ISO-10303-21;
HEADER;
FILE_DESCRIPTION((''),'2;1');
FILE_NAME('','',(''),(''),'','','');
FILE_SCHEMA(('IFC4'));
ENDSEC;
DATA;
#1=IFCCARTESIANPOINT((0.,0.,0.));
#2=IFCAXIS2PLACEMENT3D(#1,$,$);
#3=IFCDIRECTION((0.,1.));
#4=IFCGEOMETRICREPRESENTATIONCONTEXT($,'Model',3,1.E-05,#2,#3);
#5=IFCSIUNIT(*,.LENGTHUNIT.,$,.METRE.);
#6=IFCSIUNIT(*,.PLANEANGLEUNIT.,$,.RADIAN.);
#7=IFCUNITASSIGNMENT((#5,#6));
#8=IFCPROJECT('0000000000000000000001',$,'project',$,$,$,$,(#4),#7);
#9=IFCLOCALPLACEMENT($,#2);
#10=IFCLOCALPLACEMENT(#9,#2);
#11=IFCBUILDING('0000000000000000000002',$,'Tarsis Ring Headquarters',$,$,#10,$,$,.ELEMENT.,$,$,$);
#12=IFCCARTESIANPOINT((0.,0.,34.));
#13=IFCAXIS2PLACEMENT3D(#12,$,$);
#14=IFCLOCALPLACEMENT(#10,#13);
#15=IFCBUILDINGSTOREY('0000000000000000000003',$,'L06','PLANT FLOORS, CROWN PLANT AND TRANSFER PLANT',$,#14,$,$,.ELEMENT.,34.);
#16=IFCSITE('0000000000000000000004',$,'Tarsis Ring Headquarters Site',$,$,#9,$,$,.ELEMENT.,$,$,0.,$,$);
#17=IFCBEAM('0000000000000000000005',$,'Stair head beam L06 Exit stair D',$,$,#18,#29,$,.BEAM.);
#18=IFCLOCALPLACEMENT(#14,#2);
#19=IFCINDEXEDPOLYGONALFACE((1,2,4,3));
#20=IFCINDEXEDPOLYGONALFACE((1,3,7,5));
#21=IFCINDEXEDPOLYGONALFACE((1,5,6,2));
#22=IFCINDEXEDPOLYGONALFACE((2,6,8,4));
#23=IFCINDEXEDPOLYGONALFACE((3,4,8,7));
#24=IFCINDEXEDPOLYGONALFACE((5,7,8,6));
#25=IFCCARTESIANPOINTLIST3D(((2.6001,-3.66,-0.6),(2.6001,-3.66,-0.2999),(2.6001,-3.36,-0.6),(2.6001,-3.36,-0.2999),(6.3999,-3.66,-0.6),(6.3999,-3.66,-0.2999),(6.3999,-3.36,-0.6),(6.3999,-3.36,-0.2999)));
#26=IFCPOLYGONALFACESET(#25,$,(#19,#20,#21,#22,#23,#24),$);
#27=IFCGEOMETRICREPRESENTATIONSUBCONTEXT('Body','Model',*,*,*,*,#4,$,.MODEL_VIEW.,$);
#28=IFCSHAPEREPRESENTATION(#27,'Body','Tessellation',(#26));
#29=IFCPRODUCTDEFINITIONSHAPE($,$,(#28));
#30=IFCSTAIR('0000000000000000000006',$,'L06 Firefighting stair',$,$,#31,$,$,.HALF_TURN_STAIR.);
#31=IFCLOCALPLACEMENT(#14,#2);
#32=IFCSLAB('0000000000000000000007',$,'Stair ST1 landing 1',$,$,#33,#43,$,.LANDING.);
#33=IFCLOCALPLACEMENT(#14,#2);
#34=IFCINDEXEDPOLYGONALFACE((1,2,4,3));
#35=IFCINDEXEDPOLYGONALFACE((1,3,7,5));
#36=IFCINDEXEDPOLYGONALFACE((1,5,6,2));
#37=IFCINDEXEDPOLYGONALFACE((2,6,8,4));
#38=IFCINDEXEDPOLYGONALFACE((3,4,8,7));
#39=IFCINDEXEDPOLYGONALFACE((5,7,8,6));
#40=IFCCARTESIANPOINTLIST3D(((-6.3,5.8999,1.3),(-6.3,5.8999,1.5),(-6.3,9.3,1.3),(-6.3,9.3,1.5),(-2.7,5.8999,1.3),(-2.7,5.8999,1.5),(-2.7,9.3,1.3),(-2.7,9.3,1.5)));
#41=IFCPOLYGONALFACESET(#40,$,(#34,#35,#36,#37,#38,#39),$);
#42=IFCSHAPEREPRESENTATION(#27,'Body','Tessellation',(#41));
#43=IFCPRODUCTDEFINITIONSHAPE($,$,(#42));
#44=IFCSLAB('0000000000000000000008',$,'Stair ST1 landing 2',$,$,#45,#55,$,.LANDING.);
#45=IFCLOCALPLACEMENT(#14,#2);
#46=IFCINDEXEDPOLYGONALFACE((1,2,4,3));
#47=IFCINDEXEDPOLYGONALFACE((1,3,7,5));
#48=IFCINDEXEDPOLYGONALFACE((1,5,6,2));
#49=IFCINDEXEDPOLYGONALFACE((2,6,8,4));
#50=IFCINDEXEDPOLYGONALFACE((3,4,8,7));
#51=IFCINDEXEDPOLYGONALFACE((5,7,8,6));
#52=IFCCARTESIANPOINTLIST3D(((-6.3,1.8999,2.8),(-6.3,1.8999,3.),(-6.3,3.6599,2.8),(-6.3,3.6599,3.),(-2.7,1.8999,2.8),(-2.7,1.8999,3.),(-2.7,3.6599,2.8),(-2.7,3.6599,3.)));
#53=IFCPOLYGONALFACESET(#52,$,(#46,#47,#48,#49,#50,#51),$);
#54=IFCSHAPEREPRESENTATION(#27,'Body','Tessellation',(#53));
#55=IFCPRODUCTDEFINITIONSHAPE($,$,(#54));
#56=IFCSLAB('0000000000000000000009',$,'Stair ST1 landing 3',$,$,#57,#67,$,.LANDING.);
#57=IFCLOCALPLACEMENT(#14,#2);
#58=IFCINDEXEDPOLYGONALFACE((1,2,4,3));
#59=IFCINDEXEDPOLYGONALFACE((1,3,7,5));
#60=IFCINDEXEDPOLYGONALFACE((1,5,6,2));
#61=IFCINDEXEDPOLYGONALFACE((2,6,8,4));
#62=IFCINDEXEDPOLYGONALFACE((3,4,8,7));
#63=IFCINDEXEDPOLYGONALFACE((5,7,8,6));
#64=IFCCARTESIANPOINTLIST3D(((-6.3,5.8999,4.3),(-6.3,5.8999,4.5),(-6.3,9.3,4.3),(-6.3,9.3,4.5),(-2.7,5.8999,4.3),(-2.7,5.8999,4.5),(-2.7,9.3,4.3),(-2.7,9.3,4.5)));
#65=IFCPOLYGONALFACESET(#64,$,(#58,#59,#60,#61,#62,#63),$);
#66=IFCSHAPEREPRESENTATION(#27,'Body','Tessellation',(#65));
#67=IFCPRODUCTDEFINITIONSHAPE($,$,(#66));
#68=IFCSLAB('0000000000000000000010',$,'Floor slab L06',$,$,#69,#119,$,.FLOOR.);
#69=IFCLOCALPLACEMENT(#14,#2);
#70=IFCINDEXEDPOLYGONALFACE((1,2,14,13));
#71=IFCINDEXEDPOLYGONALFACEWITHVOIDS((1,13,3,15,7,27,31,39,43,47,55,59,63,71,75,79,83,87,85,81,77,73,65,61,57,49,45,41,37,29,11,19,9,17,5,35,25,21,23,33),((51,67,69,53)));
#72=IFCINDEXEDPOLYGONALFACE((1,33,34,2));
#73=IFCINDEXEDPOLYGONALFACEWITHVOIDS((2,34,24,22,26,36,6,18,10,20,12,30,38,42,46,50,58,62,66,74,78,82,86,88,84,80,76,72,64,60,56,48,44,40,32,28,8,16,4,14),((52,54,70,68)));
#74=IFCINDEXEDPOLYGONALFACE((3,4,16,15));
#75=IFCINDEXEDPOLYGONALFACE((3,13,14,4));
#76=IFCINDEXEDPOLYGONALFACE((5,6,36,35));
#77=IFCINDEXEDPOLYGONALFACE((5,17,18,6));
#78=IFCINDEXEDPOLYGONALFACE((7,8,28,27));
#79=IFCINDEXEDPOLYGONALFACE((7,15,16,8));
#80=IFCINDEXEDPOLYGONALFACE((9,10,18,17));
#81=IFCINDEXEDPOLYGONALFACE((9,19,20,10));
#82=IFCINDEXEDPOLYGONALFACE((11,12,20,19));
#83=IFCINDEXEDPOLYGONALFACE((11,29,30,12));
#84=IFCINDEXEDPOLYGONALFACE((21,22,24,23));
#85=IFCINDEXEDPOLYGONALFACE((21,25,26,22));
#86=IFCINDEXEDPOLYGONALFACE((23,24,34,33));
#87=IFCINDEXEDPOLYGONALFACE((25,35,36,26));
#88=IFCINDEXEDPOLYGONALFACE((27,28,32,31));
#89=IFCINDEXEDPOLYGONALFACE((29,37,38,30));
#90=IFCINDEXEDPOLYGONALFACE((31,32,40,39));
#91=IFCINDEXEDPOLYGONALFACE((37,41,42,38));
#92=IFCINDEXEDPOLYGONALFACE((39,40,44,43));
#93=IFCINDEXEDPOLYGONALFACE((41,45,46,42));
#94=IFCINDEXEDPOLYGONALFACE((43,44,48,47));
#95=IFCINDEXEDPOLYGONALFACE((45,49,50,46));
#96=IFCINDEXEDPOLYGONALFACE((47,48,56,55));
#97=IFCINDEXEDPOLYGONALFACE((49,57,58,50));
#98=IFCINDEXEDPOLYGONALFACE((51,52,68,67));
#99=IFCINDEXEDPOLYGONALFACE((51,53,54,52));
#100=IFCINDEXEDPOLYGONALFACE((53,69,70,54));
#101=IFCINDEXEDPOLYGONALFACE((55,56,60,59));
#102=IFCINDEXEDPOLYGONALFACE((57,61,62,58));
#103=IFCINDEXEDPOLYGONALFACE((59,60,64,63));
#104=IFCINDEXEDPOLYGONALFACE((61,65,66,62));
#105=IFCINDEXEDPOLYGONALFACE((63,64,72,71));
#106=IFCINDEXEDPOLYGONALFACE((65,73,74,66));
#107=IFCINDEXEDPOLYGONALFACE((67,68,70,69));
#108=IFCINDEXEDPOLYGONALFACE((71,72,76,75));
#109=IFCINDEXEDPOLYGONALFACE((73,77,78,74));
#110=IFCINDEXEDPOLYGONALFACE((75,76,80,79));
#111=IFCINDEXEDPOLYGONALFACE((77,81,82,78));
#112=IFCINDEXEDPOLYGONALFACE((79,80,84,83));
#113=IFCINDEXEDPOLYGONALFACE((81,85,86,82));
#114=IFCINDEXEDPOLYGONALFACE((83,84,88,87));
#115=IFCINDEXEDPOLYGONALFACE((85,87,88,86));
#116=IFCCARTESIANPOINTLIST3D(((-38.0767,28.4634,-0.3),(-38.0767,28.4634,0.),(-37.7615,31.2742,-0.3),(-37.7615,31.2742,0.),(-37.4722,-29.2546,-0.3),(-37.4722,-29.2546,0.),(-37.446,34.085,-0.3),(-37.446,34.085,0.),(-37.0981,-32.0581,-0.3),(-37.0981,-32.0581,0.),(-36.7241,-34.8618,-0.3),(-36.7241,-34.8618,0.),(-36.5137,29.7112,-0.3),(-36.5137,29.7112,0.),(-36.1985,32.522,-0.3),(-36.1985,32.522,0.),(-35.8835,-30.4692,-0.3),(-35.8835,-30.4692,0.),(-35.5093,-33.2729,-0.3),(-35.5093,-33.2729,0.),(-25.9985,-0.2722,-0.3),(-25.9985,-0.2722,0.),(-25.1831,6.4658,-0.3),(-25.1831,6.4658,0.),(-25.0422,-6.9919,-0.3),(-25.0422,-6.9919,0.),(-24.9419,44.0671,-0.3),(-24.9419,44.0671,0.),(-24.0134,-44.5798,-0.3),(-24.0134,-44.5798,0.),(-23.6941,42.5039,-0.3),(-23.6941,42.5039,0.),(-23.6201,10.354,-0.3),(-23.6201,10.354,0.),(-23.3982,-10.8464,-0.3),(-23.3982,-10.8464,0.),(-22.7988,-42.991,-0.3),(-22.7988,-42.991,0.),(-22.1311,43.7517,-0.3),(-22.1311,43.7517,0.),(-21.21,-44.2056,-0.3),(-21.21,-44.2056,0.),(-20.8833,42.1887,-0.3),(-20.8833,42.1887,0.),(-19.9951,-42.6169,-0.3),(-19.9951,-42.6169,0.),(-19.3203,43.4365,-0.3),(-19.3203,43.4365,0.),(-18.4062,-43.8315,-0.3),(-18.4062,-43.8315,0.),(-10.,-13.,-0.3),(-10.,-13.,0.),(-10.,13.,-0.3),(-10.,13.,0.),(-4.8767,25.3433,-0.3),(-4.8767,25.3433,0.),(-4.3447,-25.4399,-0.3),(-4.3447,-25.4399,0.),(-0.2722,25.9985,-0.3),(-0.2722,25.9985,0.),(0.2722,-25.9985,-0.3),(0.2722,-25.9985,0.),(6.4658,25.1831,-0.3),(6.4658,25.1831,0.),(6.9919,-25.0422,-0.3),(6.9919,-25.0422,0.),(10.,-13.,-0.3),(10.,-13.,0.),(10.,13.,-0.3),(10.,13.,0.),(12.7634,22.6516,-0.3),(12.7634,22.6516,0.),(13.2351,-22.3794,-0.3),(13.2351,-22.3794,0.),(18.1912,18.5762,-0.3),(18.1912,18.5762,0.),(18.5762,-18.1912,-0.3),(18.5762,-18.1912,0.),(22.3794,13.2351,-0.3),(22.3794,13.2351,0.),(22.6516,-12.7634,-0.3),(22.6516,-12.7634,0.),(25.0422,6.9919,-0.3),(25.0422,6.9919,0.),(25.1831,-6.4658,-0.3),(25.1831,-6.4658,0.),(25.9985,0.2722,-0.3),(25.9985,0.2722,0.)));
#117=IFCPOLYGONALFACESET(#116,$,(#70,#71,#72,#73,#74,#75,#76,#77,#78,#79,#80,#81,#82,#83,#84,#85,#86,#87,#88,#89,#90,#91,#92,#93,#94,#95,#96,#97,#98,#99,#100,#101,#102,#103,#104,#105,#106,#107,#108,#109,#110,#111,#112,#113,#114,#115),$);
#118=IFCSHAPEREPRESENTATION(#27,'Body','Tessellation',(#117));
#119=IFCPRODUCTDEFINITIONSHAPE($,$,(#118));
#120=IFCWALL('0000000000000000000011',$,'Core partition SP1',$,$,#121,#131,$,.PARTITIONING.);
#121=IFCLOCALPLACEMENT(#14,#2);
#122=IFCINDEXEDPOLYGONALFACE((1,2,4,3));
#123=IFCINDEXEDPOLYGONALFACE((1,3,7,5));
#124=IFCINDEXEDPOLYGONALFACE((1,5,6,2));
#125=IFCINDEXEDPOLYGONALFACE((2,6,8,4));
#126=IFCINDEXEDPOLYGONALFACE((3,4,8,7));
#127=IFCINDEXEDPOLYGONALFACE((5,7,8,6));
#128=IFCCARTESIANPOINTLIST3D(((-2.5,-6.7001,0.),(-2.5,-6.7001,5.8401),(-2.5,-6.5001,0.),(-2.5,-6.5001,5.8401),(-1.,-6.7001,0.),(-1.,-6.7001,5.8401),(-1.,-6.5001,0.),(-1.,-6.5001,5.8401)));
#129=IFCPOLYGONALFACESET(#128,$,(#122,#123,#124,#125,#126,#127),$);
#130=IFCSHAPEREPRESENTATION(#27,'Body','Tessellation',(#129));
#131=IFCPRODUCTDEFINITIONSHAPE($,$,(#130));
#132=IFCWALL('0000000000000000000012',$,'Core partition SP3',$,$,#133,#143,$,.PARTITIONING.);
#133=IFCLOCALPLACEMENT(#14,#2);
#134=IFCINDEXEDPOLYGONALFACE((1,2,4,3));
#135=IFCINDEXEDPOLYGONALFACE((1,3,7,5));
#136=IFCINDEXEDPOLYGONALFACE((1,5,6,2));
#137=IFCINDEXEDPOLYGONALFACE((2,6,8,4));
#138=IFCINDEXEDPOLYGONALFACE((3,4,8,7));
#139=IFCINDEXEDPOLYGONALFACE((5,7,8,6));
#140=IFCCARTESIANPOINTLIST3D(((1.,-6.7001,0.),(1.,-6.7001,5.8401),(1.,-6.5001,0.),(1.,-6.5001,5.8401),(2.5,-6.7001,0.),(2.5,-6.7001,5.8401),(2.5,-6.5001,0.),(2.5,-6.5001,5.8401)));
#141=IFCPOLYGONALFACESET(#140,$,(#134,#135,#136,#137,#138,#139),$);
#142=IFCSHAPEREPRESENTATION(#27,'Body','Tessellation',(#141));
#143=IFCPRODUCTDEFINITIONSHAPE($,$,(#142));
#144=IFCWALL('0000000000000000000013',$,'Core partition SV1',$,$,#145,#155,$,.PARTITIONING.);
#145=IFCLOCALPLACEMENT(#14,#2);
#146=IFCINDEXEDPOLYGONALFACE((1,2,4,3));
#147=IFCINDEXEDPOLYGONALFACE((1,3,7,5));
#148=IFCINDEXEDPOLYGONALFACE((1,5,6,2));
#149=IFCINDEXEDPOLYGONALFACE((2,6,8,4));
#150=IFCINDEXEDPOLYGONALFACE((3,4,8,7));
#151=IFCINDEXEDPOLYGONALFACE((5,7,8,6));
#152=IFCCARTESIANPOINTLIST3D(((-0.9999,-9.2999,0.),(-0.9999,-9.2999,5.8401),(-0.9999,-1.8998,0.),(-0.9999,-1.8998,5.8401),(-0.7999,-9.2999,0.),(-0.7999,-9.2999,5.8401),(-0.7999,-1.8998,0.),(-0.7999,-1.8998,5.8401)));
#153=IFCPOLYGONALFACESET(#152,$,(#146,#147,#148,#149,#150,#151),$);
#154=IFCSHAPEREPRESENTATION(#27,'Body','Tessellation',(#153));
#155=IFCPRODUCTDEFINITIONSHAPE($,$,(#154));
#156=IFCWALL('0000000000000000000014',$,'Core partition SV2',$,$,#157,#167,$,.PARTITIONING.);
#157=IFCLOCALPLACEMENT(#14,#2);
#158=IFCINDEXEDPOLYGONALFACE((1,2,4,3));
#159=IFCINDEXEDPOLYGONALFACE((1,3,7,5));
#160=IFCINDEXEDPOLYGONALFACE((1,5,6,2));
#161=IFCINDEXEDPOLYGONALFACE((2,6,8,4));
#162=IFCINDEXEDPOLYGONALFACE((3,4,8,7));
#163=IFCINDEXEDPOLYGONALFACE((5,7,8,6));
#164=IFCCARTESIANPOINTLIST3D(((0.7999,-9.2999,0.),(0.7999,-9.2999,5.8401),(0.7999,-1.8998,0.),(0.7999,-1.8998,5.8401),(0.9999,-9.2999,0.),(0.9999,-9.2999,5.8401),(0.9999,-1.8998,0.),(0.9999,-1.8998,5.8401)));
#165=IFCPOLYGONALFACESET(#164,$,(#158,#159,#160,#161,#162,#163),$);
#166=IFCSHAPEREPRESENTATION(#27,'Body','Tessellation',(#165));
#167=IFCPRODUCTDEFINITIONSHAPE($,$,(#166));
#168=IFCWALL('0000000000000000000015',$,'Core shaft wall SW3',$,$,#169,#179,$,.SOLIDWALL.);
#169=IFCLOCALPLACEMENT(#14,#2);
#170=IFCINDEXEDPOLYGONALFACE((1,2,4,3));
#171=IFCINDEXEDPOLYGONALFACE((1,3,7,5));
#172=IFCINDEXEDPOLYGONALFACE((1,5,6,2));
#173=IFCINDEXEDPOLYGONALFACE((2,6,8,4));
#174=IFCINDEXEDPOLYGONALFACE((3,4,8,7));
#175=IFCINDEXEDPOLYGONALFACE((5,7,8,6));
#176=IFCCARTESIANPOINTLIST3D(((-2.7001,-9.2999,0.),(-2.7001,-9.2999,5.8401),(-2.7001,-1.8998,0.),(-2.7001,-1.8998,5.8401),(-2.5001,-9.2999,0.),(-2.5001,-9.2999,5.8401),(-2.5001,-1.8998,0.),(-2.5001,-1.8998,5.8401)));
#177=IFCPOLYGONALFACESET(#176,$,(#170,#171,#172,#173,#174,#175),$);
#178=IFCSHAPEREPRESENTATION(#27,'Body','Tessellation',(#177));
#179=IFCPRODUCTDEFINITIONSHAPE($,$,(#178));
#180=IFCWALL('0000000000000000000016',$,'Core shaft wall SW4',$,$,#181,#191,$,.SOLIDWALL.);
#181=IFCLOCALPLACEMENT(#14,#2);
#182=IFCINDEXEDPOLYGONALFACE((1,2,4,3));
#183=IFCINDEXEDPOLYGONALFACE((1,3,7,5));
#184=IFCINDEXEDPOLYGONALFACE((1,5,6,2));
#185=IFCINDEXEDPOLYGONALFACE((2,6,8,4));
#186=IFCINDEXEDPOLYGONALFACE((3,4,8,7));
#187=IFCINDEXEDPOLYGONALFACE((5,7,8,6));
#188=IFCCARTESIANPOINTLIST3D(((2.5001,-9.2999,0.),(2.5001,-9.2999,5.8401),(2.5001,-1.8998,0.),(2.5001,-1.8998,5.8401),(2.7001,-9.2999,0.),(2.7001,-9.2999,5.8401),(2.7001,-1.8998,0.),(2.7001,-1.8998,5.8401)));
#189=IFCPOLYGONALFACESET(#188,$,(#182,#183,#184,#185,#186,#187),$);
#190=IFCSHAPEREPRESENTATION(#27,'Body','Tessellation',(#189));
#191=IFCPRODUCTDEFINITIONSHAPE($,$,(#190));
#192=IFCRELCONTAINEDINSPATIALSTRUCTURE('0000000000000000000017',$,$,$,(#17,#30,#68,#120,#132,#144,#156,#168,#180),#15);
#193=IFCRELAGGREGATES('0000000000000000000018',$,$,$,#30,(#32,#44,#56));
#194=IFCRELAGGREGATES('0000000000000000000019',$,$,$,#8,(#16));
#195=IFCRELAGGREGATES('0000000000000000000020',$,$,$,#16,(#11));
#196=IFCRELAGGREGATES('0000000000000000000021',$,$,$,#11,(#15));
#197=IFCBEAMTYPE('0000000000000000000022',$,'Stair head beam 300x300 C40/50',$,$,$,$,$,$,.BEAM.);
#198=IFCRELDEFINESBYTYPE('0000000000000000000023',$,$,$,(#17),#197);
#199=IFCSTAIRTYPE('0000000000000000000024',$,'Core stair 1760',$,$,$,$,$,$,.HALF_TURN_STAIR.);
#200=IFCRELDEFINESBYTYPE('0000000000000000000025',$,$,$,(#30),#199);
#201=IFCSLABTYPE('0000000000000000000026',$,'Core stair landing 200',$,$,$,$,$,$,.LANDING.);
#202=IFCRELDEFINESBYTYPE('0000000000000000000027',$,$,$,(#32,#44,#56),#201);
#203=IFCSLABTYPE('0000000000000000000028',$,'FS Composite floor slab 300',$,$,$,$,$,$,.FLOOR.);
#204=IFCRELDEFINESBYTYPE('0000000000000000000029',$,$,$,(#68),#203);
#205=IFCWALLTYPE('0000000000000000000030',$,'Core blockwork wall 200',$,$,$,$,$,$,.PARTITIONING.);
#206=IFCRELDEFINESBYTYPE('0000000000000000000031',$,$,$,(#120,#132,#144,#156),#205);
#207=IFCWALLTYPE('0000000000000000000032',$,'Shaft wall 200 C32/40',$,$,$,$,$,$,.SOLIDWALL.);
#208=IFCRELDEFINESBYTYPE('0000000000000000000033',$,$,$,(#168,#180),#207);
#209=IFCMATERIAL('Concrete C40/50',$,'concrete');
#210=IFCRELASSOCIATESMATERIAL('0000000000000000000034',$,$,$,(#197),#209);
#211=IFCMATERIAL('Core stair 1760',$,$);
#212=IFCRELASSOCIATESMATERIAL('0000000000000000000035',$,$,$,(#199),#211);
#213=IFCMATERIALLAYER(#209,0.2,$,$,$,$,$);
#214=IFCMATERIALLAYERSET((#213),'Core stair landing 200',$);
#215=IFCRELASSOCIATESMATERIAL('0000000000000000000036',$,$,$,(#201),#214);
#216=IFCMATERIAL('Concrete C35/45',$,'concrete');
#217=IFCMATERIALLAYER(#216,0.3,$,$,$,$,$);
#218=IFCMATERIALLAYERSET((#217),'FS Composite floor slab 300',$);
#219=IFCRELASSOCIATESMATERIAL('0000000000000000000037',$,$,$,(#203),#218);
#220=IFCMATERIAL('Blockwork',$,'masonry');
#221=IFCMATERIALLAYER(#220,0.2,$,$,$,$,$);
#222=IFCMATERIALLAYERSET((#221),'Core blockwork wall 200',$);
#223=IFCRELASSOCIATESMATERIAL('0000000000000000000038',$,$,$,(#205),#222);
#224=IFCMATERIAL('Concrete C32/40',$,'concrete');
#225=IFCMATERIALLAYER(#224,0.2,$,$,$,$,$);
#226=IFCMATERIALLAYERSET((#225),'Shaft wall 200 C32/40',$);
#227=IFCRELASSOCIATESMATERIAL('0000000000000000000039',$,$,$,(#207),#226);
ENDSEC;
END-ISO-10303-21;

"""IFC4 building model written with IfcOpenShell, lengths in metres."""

from ifc_helpers import new_model, si_unit, direction, frame, frame_2d, origin, origin_2d, place, context, subcontext, project, spatial, polyline, rectangle, outline, extrude, material, layer, layer_set, material_profile, profile_set, type_object, element, aggregate, save


model = new_model("IFC4")

# Units and contexts
model_context = context("Model", 3, precision=1e-05, world=origin(), true_north=direction((0.0, 1.0)))
body_context = subcontext(model_context, "Body", "Model", "MODEL_VIEW")
ifc_project = project(units=[si_unit("LENGTHUNIT", "METRE"), si_unit("PLANEANGLEUNIT", "RADIAN")], contexts=[model_context])

# Site, building, storey
site_placement = place(None, origin())
site = spatial("IfcSite", under=ifc_project, at=site_placement, Name="Tarsis Ring Headquarters Site", CompositionType="ELEMENT", RefElevation=0.0)
building_placement = place(site_placement, origin())
building = spatial("IfcBuilding", under=site, at=building_placement, Name="Tarsis Ring Headquarters", CompositionType="ELEMENT")
storey_placement = place(building_placement, frame((0.0, 0.0, 34.0)))
storey = spatial("IfcBuildingStorey", under=building, at=storey_placement, Name="L06", Description="PLANT FLOORS, CROWN PLANT AND TRANSFER PLANT", CompositionType="ELEMENT", Elevation=34.0)

# Beam
ifc_material_1 = material(Name="Concrete C40/50", Category="concrete")
ifc_material_profile = material_profile(ifc_material_1, rectangle(XDim=0.3, YDim=0.3, at=origin_2d()), Name="Stair head beam 300x300 C40/50")
ifc_profile_set = profile_set([ifc_material_profile], Name="Concrete C40/50")
beam_type = type_object("IfcBeamType", Name="Stair head beam 300x300 C40/50", PredefinedType="BEAM", material=ifc_profile_set)
beam_placement = place(storey_placement, frame((2.6001, -3.51, -0.45), z_axis=(1.0, 0.0, 0.0), x_axis=(0.0, 1.0, 0.0)))
element("IfcBeam", 1, at=beam_placement, inside=storey, type_object=beam_type, Name="Stair head beam L06 Exit stair D", PredefinedType="BEAM", context=body_context, shape_type="SweptSolid", body=[
    extrude(rectangle(XDim=0.3, YDim=0.3, at=origin_2d()), origin(), (0.0, 0.0, 1.0), 3.7998),
])

# Stair, slabs
ifc_material_2 = material(Name="Core stair 1760")
stair_type = type_object("IfcStairType", Name="Core stair 1760", PredefinedType="HALF_TURN_STAIR", material=ifc_material_2)
stair_placement = place(storey_placement, origin())
stair = element("IfcStair", 2, at=stair_placement, inside=storey, type_object=stair_type, Name="L06 Firefighting stair", PredefinedType="HALF_TURN_STAIR")
ifc_layer_1 = layer(ifc_material_1, 0.2)
ifc_layer_set_1 = layer_set([ifc_layer_1], Name="Core stair landing 200")
slab_type_1 = type_object("IfcSlabType", Name="Core stair landing 200", PredefinedType="LANDING", material=ifc_layer_set_1)
slab_1_placement = place(storey_placement, frame((0.0, 0.0, 1.3)))
slab_1 = element("IfcSlab", 3, at=slab_1_placement, type_object=slab_type_1, Name="Stair ST1 landing 1", PredefinedType="LANDING", context=body_context, shape_type="SweptSolid", body=[
    extrude(outline(polyline([(-2.7, 5.8999), (-2.7, 9.3), (-6.3, 9.3), (-6.3, 5.8999), (-2.7, 5.8999)])), origin(), (0.0, 0.0, 1.0), 0.2),
])
slab_2_placement = place(storey_placement, frame((0.0, 0.0, 2.8)))
slab_2 = element("IfcSlab", 4, at=slab_2_placement, type_object=slab_type_1, Name="Stair ST1 landing 2", PredefinedType="LANDING", context=body_context, shape_type="SweptSolid", body=[
    extrude(outline(polyline([(-2.7, 1.8999), (-2.7, 3.6599), (-6.3, 3.6599), (-6.3, 1.8999), (-2.7, 1.8999)])), origin(), (0.0, 0.0, 1.0), 0.2),
])
slab_3_placement = place(storey_placement, frame((0.0, 0.0, 4.3)))
slab_3 = element("IfcSlab", 5, at=slab_3_placement, type_object=slab_type_1, Name="Stair ST1 landing 3", PredefinedType="LANDING", context=body_context, shape_type="SweptSolid", body=[
    extrude(outline(polyline([(-2.7, 5.8999), (-2.7, 9.3), (-6.3, 9.3), (-6.3, 5.8999), (-2.7, 5.8999)])), origin(), (0.0, 0.0, 1.0), 0.2),
])
aggregate(stair, [slab_1, slab_2, slab_3])

# Slab
ifc_material_3 = material(Name="Concrete C35/45", Category="concrete")
ifc_layer_2 = layer(ifc_material_3, 0.3)
ifc_layer_set_2 = layer_set([ifc_layer_2], Name="FS Composite floor slab 300")
slab_type_2 = type_object("IfcSlabType", Name="FS Composite floor slab 300", PredefinedType="FLOOR", material=ifc_layer_set_2)
slab_4_placement = place(storey_placement, frame((0.0, 0.0, -0.3)))
element("IfcSlab", 6, at=slab_4_placement, inside=storey, type_object=slab_type_2, Name="Floor slab L06", PredefinedType="FLOOR", context=body_context, shape_type="SweptSolid", body=[
    extrude(outline(polyline([(-23.6201, 10.354), (-25.1831, 6.4658), (-25.9985, -0.2722), (-25.0422, -6.9919), (-23.3982, -10.8464), (-37.4722, -29.2546), (-35.8835, -30.4692), (-37.0981, -32.0581), (-35.5093, -33.2729), (-36.7241, -34.8618), (-24.0134, -44.5798), (-22.7988, -42.991), (-21.21, -44.2056), (-19.9951, -42.6169), (-18.4062, -43.8315), (-4.3447, -25.4399), (0.2722, -25.9985), (6.9919, -25.0422), (13.2351, -22.3794), (18.5762, -18.1912), (22.6516, -12.7634), (25.1831, -6.4658), (25.9985, 0.2722), (25.0422, 6.9919), (22.3794, 13.2351), (18.1912, 18.5762), (12.7634, 22.6516), (6.4658, 25.1831), (-0.2722, 25.9985), (-4.8767, 25.3433), (-19.3203, 43.4365), (-20.8833, 42.1887), (-22.1311, 43.7517), (-23.6941, 42.5039), (-24.9419, 44.0671), (-37.446, 34.085), (-36.1985, 32.522), (-37.7615, 31.2742), (-36.5137, 29.7112), (-38.0767, 28.4634), (-23.6201, 10.354)]), holes=[polyline([(-10.0, -13.0), (-10.0, 13.0), (10.0, 13.0), (10.0, -13.0), (-10.0, -13.0)])]), origin(), (0.0, 0.0, 1.0), 0.3),
])

# Walls
ifc_material_4 = material(Name="Blockwork", Category="masonry")
ifc_layer_3 = layer(ifc_material_4, 0.2)
ifc_layer_set_3 = layer_set([ifc_layer_3], Name="Core blockwork wall 200")
wall_type_1 = type_object("IfcWallType", Name="Core blockwork wall 200", PredefinedType="PARTITIONING", material=ifc_layer_set_3)
for number, where, z_axis, x_axis, name in (
    (7, (-2.5, -6.6001, 0.0), (0.0, 0.0, 1.0), (1.0, 0.0, 0.0), "Core partition SP1"),
    (8, (1.0, -6.6001, 0.0), (0.0, 0.0, 1.0), (1.0, 0.0, 0.0), "Core partition SP3"),
):
    element("IfcWall", number, at=place(storey_placement, frame(where, z_axis=z_axis, x_axis=x_axis)), inside=storey, type_object=wall_type_1, Name=name, PredefinedType="PARTITIONING", context=body_context, shape_type="SweptSolid", body=[
        extrude(rectangle(XDim=1.5, YDim=0.2, at=frame_2d((0.75, 0.0))), origin(), (0.0, 0.0, 1.0), 5.8401),
    ])
for number, where, z_axis, x_axis, name in (
    (9, (-0.8999, -9.3, 0.0), (0.0, 0.0, 1.0), (0.0, 1.0, 0.0), "Core partition SV1"),
    (10, (0.8999, -9.3, 0.0), (0.0, 0.0, 1.0), (0.0, 1.0, 0.0), "Core partition SV2"),
):
    element("IfcWall", number, at=place(storey_placement, frame(where, z_axis=z_axis, x_axis=x_axis)), inside=storey, type_object=wall_type_1, Name=name, PredefinedType="PARTITIONING", context=body_context, shape_type="SweptSolid", body=[
        extrude(rectangle(XDim=7.4001, YDim=0.2, at=frame_2d((3.7002, 0.0))), origin(), (0.0, 0.0, 1.0), 5.8401),
    ])
ifc_material_5 = material(Name="Concrete C32/40", Category="concrete")
ifc_layer_4 = layer(ifc_material_5, 0.2)
ifc_layer_set_4 = layer_set([ifc_layer_4], Name="Shaft wall 200 C32/40")
wall_type_2 = type_object("IfcWallType", Name="Shaft wall 200 C32/40", PredefinedType="SOLIDWALL", material=ifc_layer_set_4)
for number, where, z_axis, x_axis, name in (
    (11, (-2.6001, -9.3, 0.0), (0.0, 0.0, 1.0), (0.0, 1.0, 0.0), "Core shaft wall SW3"),
    (12, (2.6001, -9.3, 0.0), (0.0, 0.0, 1.0), (0.0, 1.0, 0.0), "Core shaft wall SW4"),
):
    element("IfcWall", number, at=place(storey_placement, frame(where, z_axis=z_axis, x_axis=x_axis)), inside=storey, type_object=wall_type_2, Name=name, PredefinedType="SOLIDWALL", context=body_context, shape_type="SweptSolid", body=[
        extrude(rectangle(XDim=7.4001, YDim=0.2, at=frame_2d((3.7002, 0.0))), origin(), (0.0, 0.0, 1.0), 5.8401),
    ])

save(model, "model.ifc")
